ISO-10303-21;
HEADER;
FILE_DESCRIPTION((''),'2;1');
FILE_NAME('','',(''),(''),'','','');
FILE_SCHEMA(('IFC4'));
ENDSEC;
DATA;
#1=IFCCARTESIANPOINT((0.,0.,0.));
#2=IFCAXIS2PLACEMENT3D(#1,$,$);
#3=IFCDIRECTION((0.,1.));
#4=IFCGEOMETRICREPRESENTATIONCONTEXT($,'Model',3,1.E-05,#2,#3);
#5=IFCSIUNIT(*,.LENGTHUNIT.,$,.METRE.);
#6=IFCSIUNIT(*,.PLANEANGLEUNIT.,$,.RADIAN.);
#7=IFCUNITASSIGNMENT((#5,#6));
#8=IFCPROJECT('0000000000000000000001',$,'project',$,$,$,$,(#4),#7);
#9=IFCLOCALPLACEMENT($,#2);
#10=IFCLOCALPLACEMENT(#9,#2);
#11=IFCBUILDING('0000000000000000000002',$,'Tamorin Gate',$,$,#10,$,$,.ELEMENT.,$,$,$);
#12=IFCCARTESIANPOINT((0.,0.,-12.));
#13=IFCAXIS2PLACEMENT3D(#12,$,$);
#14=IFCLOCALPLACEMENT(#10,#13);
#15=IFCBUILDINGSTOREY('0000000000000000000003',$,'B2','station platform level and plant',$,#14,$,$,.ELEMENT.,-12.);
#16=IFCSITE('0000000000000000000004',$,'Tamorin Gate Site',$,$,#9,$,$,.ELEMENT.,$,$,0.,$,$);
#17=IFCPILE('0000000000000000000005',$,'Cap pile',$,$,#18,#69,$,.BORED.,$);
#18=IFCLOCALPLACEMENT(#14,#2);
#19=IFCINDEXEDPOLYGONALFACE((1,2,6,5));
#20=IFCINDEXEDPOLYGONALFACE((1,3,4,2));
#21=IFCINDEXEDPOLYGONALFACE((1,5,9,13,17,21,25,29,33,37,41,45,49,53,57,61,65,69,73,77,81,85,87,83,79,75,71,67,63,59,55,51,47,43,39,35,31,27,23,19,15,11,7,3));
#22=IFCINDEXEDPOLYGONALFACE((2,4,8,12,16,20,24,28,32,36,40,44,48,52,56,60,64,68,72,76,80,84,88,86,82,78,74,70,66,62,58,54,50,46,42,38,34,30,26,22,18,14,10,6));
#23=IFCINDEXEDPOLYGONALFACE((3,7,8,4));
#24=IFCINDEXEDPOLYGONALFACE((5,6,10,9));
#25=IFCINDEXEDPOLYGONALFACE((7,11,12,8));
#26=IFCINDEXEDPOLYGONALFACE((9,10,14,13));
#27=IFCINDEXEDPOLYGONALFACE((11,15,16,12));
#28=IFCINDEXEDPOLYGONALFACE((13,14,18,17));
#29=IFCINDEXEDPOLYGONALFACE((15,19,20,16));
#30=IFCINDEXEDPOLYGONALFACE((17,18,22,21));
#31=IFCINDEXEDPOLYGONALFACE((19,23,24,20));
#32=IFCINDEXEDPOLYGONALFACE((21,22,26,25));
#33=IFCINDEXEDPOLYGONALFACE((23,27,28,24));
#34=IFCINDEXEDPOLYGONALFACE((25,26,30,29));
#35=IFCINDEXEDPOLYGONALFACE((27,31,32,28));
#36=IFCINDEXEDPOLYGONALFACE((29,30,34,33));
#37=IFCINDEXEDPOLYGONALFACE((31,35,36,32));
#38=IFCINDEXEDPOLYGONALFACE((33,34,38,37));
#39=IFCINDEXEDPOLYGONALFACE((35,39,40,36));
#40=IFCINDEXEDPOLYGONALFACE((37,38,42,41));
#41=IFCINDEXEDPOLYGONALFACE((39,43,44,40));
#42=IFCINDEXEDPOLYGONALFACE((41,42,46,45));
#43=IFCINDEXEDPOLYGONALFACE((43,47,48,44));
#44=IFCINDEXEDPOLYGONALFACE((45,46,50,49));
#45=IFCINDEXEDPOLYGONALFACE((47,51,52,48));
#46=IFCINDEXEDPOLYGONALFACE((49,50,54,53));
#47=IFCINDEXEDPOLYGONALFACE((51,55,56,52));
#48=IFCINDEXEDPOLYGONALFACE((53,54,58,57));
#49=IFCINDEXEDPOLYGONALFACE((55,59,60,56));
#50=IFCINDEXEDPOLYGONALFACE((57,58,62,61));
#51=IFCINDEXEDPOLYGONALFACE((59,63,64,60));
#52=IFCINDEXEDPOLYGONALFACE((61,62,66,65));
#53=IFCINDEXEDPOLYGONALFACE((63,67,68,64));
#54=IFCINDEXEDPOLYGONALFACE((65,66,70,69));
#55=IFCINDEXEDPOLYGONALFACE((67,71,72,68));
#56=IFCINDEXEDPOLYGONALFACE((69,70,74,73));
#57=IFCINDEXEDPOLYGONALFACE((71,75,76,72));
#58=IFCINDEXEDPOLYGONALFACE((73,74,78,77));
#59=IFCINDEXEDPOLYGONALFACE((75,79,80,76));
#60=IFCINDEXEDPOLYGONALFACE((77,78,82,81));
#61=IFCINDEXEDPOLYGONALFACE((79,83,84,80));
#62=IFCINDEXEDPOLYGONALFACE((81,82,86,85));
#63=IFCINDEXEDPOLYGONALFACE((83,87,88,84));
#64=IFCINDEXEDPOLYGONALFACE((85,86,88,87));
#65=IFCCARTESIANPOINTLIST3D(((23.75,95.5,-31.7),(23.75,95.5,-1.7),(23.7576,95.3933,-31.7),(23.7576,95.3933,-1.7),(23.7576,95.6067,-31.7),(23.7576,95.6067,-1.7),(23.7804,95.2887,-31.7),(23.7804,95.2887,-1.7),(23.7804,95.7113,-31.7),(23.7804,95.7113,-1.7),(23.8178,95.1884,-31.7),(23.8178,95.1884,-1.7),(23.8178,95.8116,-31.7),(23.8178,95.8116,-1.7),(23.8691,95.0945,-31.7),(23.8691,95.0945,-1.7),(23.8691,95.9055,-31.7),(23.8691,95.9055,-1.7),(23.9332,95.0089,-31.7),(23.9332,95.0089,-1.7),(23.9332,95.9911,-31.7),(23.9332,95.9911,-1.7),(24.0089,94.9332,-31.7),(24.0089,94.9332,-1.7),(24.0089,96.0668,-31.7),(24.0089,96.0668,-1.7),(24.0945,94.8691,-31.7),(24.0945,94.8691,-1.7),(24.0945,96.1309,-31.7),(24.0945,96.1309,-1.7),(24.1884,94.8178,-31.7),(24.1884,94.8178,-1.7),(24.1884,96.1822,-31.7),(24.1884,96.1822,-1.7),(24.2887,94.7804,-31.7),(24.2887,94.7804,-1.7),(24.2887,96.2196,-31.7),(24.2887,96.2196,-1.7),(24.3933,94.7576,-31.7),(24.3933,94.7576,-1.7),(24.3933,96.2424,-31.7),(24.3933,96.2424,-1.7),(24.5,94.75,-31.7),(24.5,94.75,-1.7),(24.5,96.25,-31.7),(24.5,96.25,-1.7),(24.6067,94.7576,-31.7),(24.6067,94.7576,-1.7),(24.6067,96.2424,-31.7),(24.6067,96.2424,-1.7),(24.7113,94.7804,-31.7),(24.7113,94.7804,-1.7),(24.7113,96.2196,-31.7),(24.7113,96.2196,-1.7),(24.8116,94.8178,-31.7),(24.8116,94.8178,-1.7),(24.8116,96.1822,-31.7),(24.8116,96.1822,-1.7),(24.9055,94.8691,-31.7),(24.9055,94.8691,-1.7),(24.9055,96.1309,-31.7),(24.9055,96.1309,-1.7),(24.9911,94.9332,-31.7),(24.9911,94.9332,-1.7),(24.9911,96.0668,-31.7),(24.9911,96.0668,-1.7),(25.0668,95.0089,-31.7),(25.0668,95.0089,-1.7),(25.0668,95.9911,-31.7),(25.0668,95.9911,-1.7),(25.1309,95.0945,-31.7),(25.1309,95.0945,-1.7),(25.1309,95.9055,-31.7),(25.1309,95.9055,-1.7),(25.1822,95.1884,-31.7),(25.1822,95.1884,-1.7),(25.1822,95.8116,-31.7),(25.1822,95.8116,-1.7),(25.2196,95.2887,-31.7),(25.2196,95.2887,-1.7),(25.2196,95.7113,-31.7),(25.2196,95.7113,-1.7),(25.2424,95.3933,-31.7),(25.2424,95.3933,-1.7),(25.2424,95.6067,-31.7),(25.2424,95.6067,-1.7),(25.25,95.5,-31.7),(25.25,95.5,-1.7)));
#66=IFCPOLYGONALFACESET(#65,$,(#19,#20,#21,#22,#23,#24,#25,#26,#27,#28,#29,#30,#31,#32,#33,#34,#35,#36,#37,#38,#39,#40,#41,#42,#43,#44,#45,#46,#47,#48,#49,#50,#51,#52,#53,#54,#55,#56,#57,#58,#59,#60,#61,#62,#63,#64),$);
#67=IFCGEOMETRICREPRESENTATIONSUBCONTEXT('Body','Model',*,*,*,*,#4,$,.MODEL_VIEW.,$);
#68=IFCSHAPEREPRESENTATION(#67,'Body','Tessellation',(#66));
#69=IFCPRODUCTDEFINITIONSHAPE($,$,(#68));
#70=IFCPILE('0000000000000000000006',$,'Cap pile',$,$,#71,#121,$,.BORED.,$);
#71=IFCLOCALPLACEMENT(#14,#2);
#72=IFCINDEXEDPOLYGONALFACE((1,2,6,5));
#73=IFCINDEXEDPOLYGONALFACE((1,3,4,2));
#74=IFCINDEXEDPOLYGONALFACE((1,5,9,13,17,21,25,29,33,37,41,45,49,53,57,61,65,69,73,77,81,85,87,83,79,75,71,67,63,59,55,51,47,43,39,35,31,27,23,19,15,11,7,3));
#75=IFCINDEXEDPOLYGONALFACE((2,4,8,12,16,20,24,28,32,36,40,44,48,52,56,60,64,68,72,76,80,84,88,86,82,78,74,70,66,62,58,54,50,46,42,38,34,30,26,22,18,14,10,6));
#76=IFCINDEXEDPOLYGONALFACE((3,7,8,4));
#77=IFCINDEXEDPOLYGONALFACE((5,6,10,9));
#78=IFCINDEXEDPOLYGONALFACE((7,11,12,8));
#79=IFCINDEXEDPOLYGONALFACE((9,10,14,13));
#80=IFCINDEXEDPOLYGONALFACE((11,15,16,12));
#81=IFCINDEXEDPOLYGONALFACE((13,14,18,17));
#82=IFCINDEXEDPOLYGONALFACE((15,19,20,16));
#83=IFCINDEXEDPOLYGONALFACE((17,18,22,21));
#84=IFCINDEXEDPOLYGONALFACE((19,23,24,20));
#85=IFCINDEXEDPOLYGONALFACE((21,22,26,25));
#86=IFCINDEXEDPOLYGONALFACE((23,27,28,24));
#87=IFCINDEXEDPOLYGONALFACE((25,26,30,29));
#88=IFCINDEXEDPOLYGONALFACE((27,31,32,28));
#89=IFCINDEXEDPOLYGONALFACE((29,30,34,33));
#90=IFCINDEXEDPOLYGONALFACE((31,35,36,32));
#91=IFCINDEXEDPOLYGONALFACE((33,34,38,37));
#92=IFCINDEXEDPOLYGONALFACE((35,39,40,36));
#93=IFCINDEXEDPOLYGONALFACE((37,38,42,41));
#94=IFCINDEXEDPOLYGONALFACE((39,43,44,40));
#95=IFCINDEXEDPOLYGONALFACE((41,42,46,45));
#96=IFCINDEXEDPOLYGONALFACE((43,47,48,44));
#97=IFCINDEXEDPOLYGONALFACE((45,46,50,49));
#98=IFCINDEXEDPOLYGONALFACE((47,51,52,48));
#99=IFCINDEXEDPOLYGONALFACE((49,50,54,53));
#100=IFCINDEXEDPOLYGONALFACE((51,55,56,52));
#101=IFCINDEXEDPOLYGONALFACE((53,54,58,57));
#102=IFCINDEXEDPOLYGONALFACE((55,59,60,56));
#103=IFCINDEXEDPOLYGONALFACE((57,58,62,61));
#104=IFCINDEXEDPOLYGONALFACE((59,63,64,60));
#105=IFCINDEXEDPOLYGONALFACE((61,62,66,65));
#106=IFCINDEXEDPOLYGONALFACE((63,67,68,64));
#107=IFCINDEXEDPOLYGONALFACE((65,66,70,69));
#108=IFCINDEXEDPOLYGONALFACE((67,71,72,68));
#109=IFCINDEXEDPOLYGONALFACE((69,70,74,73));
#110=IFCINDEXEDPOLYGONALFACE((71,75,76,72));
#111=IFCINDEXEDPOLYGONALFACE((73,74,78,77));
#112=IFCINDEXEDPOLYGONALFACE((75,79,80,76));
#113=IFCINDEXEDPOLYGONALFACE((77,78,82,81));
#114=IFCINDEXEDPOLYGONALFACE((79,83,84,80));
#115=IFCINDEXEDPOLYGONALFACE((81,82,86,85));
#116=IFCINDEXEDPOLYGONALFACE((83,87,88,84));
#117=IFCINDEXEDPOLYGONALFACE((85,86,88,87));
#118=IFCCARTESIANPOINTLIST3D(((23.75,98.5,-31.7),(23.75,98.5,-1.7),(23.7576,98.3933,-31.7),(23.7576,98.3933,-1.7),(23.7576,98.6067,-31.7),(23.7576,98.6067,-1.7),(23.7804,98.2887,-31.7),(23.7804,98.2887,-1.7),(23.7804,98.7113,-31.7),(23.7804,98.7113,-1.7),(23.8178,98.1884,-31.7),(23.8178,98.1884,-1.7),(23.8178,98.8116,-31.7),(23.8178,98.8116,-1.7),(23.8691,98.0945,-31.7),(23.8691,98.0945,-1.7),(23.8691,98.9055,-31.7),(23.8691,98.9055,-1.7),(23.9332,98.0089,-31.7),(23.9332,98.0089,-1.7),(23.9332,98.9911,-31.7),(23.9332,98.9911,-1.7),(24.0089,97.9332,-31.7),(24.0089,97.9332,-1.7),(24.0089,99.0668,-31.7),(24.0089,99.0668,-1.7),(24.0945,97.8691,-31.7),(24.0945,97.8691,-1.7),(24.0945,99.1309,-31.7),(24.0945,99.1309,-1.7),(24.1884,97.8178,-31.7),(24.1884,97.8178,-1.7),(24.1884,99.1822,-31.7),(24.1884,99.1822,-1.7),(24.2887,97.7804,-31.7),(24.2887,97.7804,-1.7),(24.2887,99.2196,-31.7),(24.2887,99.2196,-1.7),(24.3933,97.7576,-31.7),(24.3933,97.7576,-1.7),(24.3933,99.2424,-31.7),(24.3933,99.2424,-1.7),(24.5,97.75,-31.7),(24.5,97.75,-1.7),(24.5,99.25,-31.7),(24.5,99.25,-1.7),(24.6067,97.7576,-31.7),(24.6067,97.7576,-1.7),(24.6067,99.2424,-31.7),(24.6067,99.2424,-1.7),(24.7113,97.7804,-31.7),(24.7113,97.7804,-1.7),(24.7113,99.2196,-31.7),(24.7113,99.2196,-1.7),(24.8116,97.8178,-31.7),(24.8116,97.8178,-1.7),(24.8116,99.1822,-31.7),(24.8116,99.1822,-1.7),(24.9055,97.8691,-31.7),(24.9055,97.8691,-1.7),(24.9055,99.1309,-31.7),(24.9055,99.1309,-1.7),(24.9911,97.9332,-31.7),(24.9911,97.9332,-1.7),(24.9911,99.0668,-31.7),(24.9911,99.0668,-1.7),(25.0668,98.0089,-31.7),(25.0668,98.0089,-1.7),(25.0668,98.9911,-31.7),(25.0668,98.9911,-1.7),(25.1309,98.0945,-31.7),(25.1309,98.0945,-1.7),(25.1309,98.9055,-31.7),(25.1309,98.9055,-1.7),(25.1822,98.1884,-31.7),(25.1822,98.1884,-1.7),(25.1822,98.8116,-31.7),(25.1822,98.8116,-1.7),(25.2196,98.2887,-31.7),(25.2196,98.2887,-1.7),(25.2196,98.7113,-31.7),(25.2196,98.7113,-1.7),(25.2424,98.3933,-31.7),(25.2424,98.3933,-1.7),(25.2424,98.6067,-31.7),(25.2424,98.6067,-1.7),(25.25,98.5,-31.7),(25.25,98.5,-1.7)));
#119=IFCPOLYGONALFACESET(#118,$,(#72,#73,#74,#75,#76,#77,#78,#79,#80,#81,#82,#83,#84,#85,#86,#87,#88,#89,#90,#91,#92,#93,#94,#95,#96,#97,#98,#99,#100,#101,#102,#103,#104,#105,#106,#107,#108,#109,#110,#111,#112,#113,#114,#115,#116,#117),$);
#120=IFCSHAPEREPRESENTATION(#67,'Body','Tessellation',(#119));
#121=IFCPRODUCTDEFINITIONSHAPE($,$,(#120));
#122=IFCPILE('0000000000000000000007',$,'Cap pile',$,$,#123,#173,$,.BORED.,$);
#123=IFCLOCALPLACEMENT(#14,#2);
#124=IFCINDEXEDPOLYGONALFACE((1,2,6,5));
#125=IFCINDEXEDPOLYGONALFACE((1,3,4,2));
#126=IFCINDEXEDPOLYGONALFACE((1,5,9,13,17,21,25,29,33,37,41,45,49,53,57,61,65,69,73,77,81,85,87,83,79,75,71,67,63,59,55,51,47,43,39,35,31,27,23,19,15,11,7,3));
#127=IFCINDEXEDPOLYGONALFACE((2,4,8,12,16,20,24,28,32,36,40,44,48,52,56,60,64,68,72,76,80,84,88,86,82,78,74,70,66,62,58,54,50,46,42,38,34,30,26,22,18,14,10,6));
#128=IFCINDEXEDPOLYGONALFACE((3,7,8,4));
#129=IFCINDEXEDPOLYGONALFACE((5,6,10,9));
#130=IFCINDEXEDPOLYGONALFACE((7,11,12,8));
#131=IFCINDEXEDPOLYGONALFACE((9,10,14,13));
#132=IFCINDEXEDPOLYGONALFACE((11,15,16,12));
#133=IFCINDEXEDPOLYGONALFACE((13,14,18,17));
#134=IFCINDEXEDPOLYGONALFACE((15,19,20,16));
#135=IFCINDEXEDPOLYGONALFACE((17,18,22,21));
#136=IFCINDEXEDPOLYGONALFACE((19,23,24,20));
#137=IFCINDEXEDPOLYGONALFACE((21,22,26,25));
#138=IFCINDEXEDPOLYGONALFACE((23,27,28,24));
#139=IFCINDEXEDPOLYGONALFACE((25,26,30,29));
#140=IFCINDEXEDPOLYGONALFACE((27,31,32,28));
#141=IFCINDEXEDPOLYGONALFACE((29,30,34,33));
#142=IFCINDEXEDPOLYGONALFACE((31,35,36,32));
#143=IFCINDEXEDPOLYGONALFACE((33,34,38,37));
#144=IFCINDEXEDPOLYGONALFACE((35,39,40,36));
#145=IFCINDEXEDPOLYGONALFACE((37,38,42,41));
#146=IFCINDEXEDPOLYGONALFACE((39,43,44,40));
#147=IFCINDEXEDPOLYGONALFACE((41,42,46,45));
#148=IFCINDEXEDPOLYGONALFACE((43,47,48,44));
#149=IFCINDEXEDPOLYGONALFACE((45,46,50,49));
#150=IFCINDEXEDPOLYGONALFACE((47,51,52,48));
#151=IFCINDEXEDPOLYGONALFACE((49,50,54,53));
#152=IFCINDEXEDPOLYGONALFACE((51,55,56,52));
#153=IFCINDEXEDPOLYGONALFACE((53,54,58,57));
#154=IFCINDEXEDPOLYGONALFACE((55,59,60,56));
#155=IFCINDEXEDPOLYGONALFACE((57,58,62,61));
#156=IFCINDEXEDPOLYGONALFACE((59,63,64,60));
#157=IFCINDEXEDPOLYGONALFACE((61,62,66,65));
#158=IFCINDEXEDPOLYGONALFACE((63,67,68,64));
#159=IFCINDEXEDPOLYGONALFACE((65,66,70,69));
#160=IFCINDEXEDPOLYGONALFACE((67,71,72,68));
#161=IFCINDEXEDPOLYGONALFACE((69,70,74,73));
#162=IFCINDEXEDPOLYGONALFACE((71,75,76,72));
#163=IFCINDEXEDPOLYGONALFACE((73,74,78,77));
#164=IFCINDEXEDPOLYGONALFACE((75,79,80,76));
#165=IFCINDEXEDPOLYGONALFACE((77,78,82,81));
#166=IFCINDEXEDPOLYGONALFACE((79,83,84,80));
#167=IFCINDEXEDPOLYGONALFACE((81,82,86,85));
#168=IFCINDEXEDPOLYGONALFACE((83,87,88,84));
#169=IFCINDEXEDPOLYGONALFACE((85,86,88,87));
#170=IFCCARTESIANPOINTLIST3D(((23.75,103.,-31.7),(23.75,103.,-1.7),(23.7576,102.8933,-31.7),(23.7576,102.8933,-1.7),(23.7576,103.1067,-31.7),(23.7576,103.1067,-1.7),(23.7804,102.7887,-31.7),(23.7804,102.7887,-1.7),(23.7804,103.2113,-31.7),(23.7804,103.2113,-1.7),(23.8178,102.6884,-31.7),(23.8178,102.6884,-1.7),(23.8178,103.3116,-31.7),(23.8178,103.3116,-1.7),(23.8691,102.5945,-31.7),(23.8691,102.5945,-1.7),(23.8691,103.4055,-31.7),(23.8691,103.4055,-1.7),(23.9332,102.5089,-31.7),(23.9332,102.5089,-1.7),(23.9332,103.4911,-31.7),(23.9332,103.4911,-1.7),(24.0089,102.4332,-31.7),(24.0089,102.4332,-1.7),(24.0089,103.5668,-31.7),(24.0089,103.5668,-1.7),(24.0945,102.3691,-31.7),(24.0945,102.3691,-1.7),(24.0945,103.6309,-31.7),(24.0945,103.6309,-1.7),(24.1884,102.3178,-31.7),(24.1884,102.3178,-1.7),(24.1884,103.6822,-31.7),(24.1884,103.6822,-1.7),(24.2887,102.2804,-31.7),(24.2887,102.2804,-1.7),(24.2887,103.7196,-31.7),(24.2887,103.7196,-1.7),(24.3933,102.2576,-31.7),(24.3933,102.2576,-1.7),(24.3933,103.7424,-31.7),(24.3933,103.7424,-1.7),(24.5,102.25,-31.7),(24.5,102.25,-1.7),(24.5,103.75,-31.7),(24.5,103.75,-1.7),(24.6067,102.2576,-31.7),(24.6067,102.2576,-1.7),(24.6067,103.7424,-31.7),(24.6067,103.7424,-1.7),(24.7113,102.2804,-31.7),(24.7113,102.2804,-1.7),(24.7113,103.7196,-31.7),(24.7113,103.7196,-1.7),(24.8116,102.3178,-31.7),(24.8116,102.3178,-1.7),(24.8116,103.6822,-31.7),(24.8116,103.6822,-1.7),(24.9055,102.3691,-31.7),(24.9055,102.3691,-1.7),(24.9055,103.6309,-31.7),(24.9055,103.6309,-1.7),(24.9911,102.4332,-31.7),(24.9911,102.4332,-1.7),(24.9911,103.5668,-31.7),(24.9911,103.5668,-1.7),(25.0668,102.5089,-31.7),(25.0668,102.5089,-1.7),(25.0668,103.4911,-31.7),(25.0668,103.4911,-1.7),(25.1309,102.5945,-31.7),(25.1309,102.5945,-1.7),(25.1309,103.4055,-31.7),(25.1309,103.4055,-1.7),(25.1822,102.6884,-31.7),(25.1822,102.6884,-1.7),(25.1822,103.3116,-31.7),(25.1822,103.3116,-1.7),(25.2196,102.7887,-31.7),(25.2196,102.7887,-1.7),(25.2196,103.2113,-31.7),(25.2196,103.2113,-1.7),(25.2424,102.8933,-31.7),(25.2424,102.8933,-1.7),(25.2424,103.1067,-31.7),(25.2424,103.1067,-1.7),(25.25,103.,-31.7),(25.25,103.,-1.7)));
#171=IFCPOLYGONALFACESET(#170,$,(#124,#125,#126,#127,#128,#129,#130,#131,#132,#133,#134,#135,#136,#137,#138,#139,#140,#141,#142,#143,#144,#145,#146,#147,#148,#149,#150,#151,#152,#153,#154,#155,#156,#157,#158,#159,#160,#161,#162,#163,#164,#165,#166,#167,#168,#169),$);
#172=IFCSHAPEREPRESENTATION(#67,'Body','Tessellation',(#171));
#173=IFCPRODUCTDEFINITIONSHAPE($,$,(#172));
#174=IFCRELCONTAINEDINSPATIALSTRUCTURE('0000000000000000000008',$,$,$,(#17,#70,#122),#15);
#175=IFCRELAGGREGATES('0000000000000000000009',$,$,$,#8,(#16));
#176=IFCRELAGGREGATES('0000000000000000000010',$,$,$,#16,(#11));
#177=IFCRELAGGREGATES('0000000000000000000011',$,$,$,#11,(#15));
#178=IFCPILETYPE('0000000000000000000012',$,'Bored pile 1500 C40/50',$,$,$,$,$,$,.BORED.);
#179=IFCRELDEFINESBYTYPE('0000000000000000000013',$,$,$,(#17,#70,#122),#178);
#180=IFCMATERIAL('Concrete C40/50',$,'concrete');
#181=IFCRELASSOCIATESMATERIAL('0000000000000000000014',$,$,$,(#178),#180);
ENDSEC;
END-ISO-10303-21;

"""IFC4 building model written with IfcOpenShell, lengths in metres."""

from ifc_helpers import new_model, si_unit, direction, frame, origin, origin_2d, place, context, subcontext, project, spatial, circle, extrude, material, material_profile, profile_set, type_object, element, save


model = new_model("IFC4")

# Units and contexts
model_context = context("Model", 3, precision=1e-05, world=origin(), true_north=direction((0.0, 1.0)))
body_context = subcontext(model_context, "Body", "Model", "MODEL_VIEW")
ifc_project = project(units=[si_unit("LENGTHUNIT", "METRE"), si_unit("PLANEANGLEUNIT", "RADIAN")], contexts=[model_context])

# Site, building, storey
site_placement = place(None, origin())
site = spatial("IfcSite", under=ifc_project, at=site_placement, Name="Tamorin Gate Site", CompositionType="ELEMENT", RefElevation=0.0)
building_placement = place(site_placement, origin())
building = spatial("IfcBuilding", under=site, at=building_placement, Name="Tamorin Gate", CompositionType="ELEMENT")
storey_placement = place(building_placement, frame((0.0, 0.0, -12.0)))
storey = spatial("IfcBuildingStorey", under=building, at=storey_placement, Name="B2", Description="station platform level and plant", CompositionType="ELEMENT", Elevation=-12.0)

# Piles
ifc_material_1 = material(Name="Concrete C40/50", Category="concrete")
ifc_material_profile_1 = material_profile(ifc_material_1, circle(Radius=0.75, at=origin_2d()))
ifc_profile_set_1 = profile_set([ifc_material_profile_1], Name="Concrete C40/50")
pile_type = type_object("IfcPileType", Name="Bored pile 1500 C40/50", PredefinedType="BORED", material=ifc_profile_set_1)
for number, where, z_axis, x_axis, name in (
    (1, (24.5, 95.5, -1.7), (0.0, 0.0, -1.0), (1.0, 0.0, 0.0), "Cap pile"),
    (2, (24.5, 98.5, -1.7), (0.0, 0.0, -1.0), (1.0, 0.0, 0.0), "Cap pile"),
    (3, (24.5, 103.0, -1.7), (0.0, 0.0, -1.0), (1.0, 0.0, 0.0), "Cap pile"),
):
    element("IfcPile", number, at=place(storey_placement, frame(where, z_axis=z_axis, x_axis=x_axis)), inside=storey, type_object=pile_type, Name=name, PredefinedType="BORED", context=body_context, shape_type="SweptSolid", body=[
        extrude(circle(Radius=0.75, at=origin_2d()), origin(), (0.0, 0.0, 1.0), 30.0),
    ])

save(model, "model.ifc")
